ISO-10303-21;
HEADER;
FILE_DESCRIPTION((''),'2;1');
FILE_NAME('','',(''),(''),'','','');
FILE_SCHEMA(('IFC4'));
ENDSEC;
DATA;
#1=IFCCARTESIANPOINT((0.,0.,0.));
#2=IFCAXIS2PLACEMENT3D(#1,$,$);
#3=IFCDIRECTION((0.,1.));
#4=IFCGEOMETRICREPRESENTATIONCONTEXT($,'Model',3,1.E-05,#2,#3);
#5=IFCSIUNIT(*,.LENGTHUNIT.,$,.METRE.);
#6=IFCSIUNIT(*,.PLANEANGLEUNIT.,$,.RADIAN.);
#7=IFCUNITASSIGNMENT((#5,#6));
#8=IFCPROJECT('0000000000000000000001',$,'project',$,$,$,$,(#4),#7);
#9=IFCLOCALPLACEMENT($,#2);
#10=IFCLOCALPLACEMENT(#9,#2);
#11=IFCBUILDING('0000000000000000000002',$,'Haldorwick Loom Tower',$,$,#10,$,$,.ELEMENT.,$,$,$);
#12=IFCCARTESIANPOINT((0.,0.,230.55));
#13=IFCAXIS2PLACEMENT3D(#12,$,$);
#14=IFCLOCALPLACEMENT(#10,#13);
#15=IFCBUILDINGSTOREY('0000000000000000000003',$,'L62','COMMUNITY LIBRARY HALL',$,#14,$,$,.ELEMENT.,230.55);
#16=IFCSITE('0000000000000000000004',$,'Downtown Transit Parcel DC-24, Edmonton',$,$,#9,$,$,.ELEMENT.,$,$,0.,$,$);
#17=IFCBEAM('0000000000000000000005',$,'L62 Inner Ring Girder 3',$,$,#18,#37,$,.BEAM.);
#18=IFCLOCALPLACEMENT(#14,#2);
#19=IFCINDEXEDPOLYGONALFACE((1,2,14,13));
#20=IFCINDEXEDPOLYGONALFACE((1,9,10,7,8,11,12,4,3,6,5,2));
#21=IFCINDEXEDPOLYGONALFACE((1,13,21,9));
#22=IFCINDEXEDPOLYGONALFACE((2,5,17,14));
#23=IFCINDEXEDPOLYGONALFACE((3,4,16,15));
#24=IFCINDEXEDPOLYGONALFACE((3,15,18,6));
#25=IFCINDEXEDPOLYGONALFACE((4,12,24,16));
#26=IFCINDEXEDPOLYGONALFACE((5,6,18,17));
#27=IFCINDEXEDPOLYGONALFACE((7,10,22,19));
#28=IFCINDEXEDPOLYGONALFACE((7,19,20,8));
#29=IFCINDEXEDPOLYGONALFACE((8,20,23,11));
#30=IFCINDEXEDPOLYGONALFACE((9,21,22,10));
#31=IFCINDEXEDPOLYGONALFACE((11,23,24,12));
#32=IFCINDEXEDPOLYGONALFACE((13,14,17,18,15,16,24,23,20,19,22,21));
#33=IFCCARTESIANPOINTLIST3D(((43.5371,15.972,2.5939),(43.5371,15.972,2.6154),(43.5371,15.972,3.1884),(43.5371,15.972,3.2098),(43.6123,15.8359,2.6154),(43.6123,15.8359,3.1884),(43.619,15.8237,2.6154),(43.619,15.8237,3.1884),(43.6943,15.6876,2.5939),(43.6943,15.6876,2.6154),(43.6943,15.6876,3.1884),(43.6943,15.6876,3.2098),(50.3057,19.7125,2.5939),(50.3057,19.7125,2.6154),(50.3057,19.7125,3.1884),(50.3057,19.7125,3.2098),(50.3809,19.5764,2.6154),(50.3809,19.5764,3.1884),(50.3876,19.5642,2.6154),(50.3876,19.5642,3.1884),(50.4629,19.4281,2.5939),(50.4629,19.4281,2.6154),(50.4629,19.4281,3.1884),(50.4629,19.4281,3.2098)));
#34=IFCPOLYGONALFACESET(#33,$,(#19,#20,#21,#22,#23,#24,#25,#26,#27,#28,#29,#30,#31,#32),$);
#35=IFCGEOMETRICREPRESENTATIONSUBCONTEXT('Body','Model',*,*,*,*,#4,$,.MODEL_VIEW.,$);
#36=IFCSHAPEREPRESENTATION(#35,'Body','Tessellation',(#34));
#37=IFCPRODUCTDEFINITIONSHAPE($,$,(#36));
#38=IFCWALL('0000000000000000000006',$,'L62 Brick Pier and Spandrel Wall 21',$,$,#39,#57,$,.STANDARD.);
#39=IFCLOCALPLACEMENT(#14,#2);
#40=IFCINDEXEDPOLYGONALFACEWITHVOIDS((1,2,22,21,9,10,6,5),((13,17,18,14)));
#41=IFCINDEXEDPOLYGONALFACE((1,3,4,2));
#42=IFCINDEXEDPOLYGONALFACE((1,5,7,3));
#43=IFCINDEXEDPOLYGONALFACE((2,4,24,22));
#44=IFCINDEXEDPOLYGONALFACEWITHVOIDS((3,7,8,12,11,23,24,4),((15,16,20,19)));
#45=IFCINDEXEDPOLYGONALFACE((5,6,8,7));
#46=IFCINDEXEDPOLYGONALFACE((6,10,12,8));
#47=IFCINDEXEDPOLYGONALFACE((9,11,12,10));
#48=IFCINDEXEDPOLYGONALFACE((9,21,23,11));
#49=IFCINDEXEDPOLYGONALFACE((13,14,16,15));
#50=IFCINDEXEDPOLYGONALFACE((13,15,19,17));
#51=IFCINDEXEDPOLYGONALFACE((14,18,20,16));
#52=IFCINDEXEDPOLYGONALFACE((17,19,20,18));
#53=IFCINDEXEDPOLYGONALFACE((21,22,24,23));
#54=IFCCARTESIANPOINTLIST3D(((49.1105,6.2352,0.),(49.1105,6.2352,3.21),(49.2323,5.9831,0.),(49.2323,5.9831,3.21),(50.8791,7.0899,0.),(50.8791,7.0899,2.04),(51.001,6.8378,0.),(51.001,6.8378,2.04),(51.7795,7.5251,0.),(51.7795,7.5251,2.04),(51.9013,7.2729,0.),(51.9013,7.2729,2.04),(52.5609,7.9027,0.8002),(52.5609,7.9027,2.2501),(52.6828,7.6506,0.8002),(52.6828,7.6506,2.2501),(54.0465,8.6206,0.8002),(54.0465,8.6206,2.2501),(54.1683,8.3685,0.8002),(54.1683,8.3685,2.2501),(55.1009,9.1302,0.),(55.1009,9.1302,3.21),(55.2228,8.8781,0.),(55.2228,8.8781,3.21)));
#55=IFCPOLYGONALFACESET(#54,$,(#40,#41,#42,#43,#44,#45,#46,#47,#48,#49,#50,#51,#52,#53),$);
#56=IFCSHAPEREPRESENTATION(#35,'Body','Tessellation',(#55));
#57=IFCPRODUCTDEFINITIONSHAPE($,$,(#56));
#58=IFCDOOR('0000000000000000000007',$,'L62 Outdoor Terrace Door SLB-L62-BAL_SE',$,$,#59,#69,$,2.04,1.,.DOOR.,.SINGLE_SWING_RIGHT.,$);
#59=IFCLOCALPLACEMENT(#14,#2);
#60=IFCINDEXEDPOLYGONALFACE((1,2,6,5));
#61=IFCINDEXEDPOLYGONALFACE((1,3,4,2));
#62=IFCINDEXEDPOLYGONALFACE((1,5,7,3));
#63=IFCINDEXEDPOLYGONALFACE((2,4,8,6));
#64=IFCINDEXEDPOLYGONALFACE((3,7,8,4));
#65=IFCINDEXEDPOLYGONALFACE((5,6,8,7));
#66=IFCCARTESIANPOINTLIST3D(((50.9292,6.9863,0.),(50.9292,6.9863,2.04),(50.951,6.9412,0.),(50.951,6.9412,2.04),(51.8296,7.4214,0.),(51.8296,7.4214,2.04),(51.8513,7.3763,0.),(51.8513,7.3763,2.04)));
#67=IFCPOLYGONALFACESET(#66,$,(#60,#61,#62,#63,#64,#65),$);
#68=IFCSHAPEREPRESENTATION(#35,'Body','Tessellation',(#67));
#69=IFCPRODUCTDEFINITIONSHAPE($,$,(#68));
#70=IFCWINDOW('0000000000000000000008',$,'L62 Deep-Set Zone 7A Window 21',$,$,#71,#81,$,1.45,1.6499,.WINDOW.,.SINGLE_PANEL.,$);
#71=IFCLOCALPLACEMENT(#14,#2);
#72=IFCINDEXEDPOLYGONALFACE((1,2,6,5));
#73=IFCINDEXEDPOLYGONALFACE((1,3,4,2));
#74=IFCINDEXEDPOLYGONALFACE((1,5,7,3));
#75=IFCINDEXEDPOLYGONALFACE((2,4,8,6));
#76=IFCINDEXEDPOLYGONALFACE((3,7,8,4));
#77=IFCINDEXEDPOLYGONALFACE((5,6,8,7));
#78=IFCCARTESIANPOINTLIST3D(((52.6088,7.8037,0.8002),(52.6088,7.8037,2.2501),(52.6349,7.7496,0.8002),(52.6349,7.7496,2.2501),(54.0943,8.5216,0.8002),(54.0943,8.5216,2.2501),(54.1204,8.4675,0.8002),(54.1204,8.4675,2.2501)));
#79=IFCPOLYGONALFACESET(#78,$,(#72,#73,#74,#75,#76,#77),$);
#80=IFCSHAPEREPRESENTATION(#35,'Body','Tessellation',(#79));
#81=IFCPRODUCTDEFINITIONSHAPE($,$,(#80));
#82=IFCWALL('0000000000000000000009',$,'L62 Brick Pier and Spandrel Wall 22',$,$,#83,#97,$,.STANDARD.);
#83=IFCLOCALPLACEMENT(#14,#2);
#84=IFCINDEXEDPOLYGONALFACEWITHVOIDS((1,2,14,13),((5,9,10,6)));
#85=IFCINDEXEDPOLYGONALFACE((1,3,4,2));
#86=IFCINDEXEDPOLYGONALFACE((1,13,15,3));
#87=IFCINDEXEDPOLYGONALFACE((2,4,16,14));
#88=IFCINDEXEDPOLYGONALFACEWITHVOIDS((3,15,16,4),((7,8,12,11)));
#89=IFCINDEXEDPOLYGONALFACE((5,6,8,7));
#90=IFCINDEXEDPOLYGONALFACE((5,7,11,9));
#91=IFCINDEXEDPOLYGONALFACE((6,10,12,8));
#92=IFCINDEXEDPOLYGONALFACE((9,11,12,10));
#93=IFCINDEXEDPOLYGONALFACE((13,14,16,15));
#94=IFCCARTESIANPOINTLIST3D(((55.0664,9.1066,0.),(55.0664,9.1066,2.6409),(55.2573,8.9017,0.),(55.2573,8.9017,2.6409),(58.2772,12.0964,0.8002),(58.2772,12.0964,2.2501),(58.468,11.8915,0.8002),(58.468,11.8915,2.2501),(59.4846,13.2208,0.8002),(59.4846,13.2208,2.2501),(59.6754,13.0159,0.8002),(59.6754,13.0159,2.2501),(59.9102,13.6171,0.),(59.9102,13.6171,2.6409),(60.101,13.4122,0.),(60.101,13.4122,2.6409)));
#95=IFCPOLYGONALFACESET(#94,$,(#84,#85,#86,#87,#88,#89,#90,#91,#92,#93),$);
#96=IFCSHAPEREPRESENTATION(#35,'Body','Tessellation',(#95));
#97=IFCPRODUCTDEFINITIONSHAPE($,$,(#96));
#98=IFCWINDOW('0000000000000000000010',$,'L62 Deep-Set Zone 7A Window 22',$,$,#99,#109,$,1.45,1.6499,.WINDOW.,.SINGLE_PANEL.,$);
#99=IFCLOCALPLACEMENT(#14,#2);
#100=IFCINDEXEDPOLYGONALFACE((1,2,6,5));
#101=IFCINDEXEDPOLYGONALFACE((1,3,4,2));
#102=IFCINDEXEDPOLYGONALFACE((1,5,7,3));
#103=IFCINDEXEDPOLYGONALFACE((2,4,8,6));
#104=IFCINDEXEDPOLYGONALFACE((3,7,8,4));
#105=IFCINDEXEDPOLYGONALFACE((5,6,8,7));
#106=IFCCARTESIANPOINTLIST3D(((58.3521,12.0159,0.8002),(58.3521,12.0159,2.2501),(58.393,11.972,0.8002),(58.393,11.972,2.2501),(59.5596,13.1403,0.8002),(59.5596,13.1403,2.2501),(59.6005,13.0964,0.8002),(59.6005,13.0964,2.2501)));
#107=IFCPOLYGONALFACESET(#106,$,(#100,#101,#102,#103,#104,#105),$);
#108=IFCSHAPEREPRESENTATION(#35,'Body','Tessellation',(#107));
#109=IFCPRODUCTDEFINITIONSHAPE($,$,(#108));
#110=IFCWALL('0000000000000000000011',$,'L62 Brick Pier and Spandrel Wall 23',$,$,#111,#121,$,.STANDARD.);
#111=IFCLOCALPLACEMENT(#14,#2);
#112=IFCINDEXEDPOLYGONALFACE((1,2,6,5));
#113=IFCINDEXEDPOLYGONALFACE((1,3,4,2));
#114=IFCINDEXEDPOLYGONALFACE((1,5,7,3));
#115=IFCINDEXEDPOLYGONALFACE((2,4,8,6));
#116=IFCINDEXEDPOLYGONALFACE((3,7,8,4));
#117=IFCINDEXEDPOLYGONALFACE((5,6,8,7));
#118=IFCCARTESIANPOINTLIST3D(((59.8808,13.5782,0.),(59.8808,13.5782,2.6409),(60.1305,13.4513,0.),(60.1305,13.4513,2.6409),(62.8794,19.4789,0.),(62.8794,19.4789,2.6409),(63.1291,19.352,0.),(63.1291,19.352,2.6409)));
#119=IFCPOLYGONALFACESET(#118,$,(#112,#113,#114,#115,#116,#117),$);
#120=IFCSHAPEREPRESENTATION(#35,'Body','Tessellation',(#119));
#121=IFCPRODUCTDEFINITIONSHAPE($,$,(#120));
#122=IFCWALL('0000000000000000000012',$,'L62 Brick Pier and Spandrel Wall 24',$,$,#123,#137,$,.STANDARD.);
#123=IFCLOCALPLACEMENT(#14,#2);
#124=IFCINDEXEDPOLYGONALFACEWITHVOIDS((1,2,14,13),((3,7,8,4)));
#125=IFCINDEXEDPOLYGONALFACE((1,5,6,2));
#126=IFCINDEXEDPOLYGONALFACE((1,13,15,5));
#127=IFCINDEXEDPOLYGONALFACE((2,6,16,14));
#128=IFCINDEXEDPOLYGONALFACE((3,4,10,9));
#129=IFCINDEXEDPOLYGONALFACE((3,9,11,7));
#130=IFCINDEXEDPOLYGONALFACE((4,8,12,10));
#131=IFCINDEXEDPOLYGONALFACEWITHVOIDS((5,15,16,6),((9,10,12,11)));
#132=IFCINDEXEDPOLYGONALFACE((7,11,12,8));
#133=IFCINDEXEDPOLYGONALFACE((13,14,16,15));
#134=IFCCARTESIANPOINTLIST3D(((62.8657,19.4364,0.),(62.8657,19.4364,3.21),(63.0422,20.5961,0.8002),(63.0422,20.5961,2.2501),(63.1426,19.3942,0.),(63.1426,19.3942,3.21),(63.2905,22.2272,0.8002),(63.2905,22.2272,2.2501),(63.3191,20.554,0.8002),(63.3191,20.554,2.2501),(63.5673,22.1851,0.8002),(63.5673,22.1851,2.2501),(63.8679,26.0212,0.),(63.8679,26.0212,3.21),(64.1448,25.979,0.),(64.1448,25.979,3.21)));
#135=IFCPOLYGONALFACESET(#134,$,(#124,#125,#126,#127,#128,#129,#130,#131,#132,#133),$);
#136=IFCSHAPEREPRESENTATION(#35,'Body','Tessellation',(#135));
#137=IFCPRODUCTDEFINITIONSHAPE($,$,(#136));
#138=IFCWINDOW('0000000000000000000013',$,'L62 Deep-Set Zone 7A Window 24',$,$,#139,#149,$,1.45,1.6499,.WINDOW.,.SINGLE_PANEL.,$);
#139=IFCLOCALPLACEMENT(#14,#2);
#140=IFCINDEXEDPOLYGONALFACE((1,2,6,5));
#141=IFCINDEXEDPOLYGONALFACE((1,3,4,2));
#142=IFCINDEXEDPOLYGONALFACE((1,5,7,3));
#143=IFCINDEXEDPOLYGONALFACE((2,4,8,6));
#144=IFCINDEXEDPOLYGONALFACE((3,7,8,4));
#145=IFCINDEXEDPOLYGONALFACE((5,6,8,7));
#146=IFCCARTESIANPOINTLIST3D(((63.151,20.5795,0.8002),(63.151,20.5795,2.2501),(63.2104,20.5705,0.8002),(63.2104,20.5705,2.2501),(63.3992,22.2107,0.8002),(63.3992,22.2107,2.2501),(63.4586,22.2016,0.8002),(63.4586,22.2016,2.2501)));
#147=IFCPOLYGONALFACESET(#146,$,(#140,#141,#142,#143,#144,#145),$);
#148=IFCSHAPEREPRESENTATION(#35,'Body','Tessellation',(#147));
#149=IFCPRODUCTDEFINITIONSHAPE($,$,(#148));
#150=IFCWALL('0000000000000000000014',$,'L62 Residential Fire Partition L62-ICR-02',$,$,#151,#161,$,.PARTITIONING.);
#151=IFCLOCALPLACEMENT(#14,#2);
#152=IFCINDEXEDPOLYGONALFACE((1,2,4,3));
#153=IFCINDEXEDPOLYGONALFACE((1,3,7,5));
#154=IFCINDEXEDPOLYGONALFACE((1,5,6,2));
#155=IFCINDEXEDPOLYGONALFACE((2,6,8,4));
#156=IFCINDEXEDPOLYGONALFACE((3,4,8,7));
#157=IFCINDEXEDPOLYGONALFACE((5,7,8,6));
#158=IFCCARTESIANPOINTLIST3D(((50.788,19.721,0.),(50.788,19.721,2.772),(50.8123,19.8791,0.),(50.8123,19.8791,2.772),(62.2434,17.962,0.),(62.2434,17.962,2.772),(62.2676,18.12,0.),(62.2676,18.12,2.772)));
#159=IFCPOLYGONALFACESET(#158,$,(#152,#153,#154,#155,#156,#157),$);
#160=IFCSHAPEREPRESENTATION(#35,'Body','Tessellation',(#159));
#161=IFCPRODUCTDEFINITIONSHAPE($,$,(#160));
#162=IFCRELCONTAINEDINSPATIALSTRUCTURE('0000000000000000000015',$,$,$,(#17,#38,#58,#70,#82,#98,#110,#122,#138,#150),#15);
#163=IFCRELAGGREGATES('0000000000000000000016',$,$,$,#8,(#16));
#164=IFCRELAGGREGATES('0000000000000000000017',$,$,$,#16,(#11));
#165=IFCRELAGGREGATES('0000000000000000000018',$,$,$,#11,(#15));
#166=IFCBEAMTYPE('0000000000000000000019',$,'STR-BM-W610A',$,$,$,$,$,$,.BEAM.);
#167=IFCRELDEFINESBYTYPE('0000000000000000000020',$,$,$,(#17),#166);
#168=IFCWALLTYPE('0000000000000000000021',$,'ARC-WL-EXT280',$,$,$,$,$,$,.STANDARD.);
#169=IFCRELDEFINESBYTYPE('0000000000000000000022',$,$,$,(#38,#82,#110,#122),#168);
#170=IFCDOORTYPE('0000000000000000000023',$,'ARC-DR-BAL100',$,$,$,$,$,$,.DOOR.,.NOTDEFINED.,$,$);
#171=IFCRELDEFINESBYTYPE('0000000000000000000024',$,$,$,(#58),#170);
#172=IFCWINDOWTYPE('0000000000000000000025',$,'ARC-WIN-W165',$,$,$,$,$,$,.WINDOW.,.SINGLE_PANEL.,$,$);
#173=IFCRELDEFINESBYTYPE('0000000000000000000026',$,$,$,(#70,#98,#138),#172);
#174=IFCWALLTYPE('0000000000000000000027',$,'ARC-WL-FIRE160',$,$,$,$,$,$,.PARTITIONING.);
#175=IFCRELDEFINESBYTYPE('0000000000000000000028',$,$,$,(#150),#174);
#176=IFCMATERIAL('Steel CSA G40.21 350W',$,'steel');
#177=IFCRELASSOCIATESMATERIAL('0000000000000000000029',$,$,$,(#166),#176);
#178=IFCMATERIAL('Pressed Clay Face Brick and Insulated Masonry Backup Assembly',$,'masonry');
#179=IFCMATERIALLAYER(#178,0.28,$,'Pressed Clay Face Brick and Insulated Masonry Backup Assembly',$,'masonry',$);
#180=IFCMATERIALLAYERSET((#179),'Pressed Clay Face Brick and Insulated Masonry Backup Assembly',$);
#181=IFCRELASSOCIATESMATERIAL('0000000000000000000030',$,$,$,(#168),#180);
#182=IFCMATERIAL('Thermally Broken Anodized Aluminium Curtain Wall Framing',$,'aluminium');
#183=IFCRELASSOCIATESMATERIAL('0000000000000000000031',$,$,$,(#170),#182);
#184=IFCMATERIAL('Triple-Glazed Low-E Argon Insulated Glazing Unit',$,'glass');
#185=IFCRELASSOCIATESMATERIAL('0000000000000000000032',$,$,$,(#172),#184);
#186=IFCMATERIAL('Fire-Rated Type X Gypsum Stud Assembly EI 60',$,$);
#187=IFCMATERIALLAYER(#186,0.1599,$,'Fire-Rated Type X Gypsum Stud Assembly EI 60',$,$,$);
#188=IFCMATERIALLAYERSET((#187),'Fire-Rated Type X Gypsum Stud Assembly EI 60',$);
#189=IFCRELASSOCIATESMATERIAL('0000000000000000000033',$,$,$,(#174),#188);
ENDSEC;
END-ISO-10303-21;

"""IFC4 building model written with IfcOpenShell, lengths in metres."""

from ifc_helpers import new_model, si_unit, direction, frame, frame_2d, origin, origin_2d, place, context, subcontext, project, spatial, rectangle, i_section, extrude, material, layer, layer_set, material_profile, profile_set, type_object, element, fill, save


model = new_model("IFC4")

# Units and contexts
model_context = context("Model", 3, precision=1e-05, world=origin(), true_north=direction((0.0, 1.0)))
body_context = subcontext(model_context, "Body", "Model", "MODEL_VIEW")
ifc_project = project(units=[si_unit("LENGTHUNIT", "METRE"), si_unit("PLANEANGLEUNIT", "RADIAN")], contexts=[model_context])

# Site, building, storey
site_placement = place(None, origin())
site = spatial("IfcSite", under=ifc_project, at=site_placement, Name="Downtown Transit Parcel DC-24, Edmonton", CompositionType="ELEMENT", RefElevation=0.0)
building_placement = place(site_placement, origin())
building = spatial("IfcBuilding", under=site, at=building_placement, Name="Haldorwick Loom Tower", CompositionType="ELEMENT")
storey_placement = place(building_placement, frame((0.0, 0.0, 230.55)))
storey = spatial("IfcBuildingStorey", under=building, at=storey_placement, Name="L62", Description="COMMUNITY LIBRARY HALL", CompositionType="ELEMENT", Elevation=230.55)

# Shared definitions
ifc_material_1 = material(Name="Steel CSA G40.21 350W", Category="steel")

# Beam
ifc_material_profile_1 = material_profile(ifc_material_1, i_section(OverallWidth=0.325, OverallDepth=0.616, WebThickness=0.0139, FlangeThickness=0.0215, at=origin_2d()), Name="W610X174", Category="steel")
ifc_profile_set_1 = profile_set([ifc_material_profile_1], Name="Steel CSA G40.21 350W")
beam_type_1 = type_object("IfcBeamType", Name="STR-BM-W610A", PredefinedType="BEAM", material=ifc_profile_set_1)
beam_1_placement = place(storey_placement, frame((50.3843, 19.5703, 2.9019), z_axis=(-0.875244, -0.483682, 0.0), x_axis=(0.483682, -0.875244, 0.0)))
element("IfcBeam", 1, at=beam_1_placement, inside=storey, type_object=beam_type_1, Name="L62 Inner Ring Girder 3", PredefinedType="BEAM", context=body_context, shape_type="SweptSolid", body=[
    extrude(i_section(OverallWidth=0.325, OverallDepth=0.616, WebThickness=0.0139, FlangeThickness=0.0215, at=origin_2d()), origin(), (0.0, 0.0, 1.0), 7.7334),
])

# Wall, openings, door, window
ifc_material_2 = material(Name="Pressed Clay Face Brick and Insulated Masonry Backup Assembly", Category="masonry")
ifc_layer_1 = layer(ifc_material_2, 0.28, Name="Pressed Clay Face Brick and Insulated Masonry Backup Assembly", Category="masonry")
ifc_layer_set_1 = layer_set([ifc_layer_1], Name="Pressed Clay Face Brick and Insulated Masonry Backup Assembly")
wall_type_1 = type_object("IfcWallType", Name="ARC-WL-EXT280", PredefinedType="STANDARD", material=ifc_layer_set_1)
wall_1_placement = place(storey_placement, frame((49.1714, 6.1091, 0.0), z_axis=(0.0, 0.0, 1.0), x_axis=(0.900371, 0.435123, 0.0)))
wall_1 = element("IfcWall", 2, at=wall_1_placement, inside=storey, type_object=wall_type_1, Name="L62 Brick Pier and Spandrel Wall 21", PredefinedType="STANDARD", context=body_context, shape_type="SweptSolid", body=[
    extrude(rectangle(XDim=6.6533, YDim=0.28, at=frame_2d((3.3267, 0.0))), origin(), (0.0, 0.0, 1.0), 3.21),
])
opening_1_placement = place(wall_1_placement, frame((1.9644, 0.0, 0.0)))
opening_1 = element("IfcOpeningElement", 3, at=opening_1_placement, cuts=wall_1, PredefinedType="OPENING", context=body_context, shape_type="SweptSolid", body=[
    extrude(rectangle(XDim=1.0, YDim=2.04, at=frame_2d((0.5, 1.02))), frame((0.0, 0.1499, 0.0), z_axis=(0.0, -1.0, 0.0), x_axis=(1.0, 0.0, 0.0)), (0.0, 0.0, 1.0), 0.3),
])
opening_2_placement = place(wall_1_placement, frame((3.8323, 0.0, 0.8)))
opening_2 = element("IfcOpeningElement", 4, at=opening_2_placement, cuts=wall_1, PredefinedType="OPENING", context=body_context, shape_type="SweptSolid", body=[
    extrude(rectangle(XDim=1.6499, YDim=1.45, at=frame_2d((0.825, 0.7251))), frame((0.0, 0.1499, 0.0), z_axis=(0.0, -1.0, 0.0), x_axis=(1.0, 0.0, 0.0)), (0.0, 0.0, 1.0), 0.3),
])
ifc_material_3 = material(Name="Thermally Broken Anodized Aluminium Curtain Wall Framing", Category="aluminium")
door_type = type_object("IfcDoorType", Name="ARC-DR-BAL100", OperationType="NOTDEFINED", PredefinedType="DOOR", material=ifc_material_3)
door_placement = place(opening_1_placement, origin())
door = element("IfcDoor", 5, at=door_placement, inside=storey, type_object=door_type, Name="L62 Outdoor Terrace Door SLB-L62-BAL_SE", OperationType="SINGLE_SWING_RIGHT", OverallHeight=2.04, OverallWidth=1.0, PredefinedType="DOOR", context=body_context, shape_type="SweptSolid", body=[
    extrude(rectangle(XDim=1.0, YDim=2.04, at=frame_2d((0.5, 1.02))), frame((0.0, 0.0249, 0.0), z_axis=(0.0, -1.0, 0.0), x_axis=(1.0, 0.0, 0.0)), (0.0, 0.0, 1.0), 0.05),
])
fill(opening_1, door)
ifc_material_4 = material(Name="Triple-Glazed Low-E Argon Insulated Glazing Unit", Category="glass")
window_type = type_object("IfcWindowType", Name="ARC-WIN-W165", PartitioningType="SINGLE_PANEL", PredefinedType="WINDOW", material=ifc_material_4)
window_1_placement = place(opening_2_placement, origin())
window_1 = element("IfcWindow", 6, at=window_1_placement, inside=storey, type_object=window_type, Name="L62 Deep-Set Zone 7A Window 21", OverallHeight=1.45, OverallWidth=1.6499, PartitioningType="SINGLE_PANEL", PredefinedType="WINDOW", context=body_context, shape_type="SweptSolid", body=[
    extrude(rectangle(XDim=1.6499, YDim=1.45, at=frame_2d((0.825, 0.7251))), frame((0.0, 0.03, 0.0), z_axis=(0.0, -1.0, 0.0), x_axis=(1.0, 0.0, 0.0)), (0.0, 0.0, 1.0), 0.0601),
])
fill(opening_2, window_1)

# Wall, opening, window
wall_2_placement = place(storey_placement, frame((55.1619, 9.0042, 0.0), z_axis=(0.0, 0.0, 1.0), x_axis=(0.731834, 0.681483, 0.0)))
wall_2 = element("IfcWall", 7, at=wall_2_placement, inside=storey, type_object=wall_type_1, Name="L62 Brick Pier and Spandrel Wall 22", PredefinedType="STANDARD", context=body_context, shape_type="SweptSolid", body=[
    extrude(rectangle(XDim=6.6187, YDim=0.28, at=frame_2d((3.3093, 0.0))), origin(), (0.0, 0.0, 1.0), 2.6409),
])
opening_3_placement = place(wall_2_placement, frame((4.3872, 0.0, 0.8)))
opening_3 = element("IfcOpeningElement", 8, at=opening_3_placement, cuts=wall_2, PredefinedType="OPENING", context=body_context, shape_type="SweptSolid", body=[
    extrude(rectangle(XDim=1.6499, YDim=1.45, at=frame_2d((0.825, 0.7251))), frame((0.0, 0.1499, 0.0), z_axis=(0.0, -1.0, 0.0), x_axis=(1.0, 0.0, 0.0)), (0.0, 0.0, 1.0), 0.3),
])
window_2_placement = place(opening_3_placement, origin())
window_2 = element("IfcWindow", 9, at=window_2_placement, inside=storey, type_object=window_type, Name="L62 Deep-Set Zone 7A Window 22", OverallHeight=1.45, OverallWidth=1.6499, PartitioningType="SINGLE_PANEL", PredefinedType="WINDOW", context=body_context, shape_type="SweptSolid", body=[
    extrude(rectangle(XDim=1.6499, YDim=1.45, at=frame_2d((0.825, 0.7251))), frame((0.0, 0.03, 0.0), z_axis=(0.0, -1.0, 0.0), x_axis=(1.0, 0.0, 0.0)), (0.0, 0.0, 1.0), 0.0601),
])
fill(opening_3, window_2)

# Wall
wall_3_placement = place(storey_placement, frame((60.0056, 13.5146, 0.0), z_axis=(0.0, 0.0, 1.0), x_axis=(0.453032, 0.891494, 0.0)))
element("IfcWall", 10, at=wall_3_placement, inside=storey, type_object=wall_type_1, Name="L62 Brick Pier and Spandrel Wall 23", PredefinedType="STANDARD", context=body_context, shape_type="SweptSolid", body=[
    extrude(rectangle(XDim=6.6189, YDim=0.28, at=frame_2d((3.3096, 0.0))), origin(), (0.0, 0.0, 1.0), 2.6409),
])

# Wall, opening, window
wall_4_placement = place(storey_placement, frame((63.0042, 19.4153, 0.0), z_axis=(0.0, 0.0, 1.0), x_axis=(0.150468, 0.988615, 0.0)))
wall_4 = element("IfcWall", 11, at=wall_4_placement, inside=storey, type_object=wall_type_1, Name="L62 Brick Pier and Spandrel Wall 24", PredefinedType="STANDARD", context=body_context, shape_type="SweptSolid", body=[
    extrude(rectangle(XDim=6.6606, YDim=0.28, at=frame_2d((3.3303, 0.0))), origin(), (0.0, 0.0, 1.0), 3.21),
])
opening_4_placement = place(wall_4_placement, frame((1.1731, 0.0, 0.8)))
opening_4 = element("IfcOpeningElement", 12, at=opening_4_placement, cuts=wall_4, PredefinedType="OPENING", context=body_context, shape_type="SweptSolid", body=[
    extrude(rectangle(XDim=1.6499, YDim=1.45, at=frame_2d((0.825, 0.7251))), frame((0.0, 0.1499, 0.0), z_axis=(0.0, -1.0, 0.0), x_axis=(1.0, 0.0, 0.0)), (0.0, 0.0, 1.0), 0.3),
])
window_3_placement = place(opening_4_placement, origin())
window_3 = element("IfcWindow", 13, at=window_3_placement, inside=storey, type_object=window_type, Name="L62 Deep-Set Zone 7A Window 24", OverallHeight=1.45, OverallWidth=1.6499, PartitioningType="SINGLE_PANEL", PredefinedType="WINDOW", context=body_context, shape_type="SweptSolid", body=[
    extrude(rectangle(XDim=1.6499, YDim=1.45, at=frame_2d((0.825, 0.7251))), frame((0.0, 0.03, 0.0), z_axis=(0.0, -1.0, 0.0), x_axis=(1.0, 0.0, 0.0)), (0.0, 0.0, 1.0), 0.0601),
])
fill(opening_4, window_3)

# Wall
ifc_material_5 = material(Name="Fire-Rated Type X Gypsum Stud Assembly EI 60")
ifc_layer_2 = layer(ifc_material_5, 0.1599, Name="Fire-Rated Type X Gypsum Stud Assembly EI 60")
ifc_layer_set_2 = layer_set([ifc_layer_2], Name="Fire-Rated Type X Gypsum Stud Assembly EI 60")
wall_type_2 = type_object("IfcWallType", Name="ARC-WL-FIRE160", PredefinedType="PARTITIONING", material=ifc_layer_set_2)
wall_5_placement = place(storey_placement, frame((50.8, 19.8, 0.0), z_axis=(0.0, 0.0, 1.0), x_axis=(0.988415, -0.151777, 0.0)))
element("IfcWall", 14, at=wall_5_placement, inside=storey, type_object=wall_type_2, Name="L62 Residential Fire Partition L62-ICR-02", PredefinedType="PARTITIONING", context=body_context, shape_type="SweptSolid", body=[
    extrude(rectangle(XDim=11.5896, YDim=0.1599, at=frame_2d((5.7949, 0.0))), origin(), (0.0, 0.0, 1.0), 2.772),
])

save(model, "model.ifc")
